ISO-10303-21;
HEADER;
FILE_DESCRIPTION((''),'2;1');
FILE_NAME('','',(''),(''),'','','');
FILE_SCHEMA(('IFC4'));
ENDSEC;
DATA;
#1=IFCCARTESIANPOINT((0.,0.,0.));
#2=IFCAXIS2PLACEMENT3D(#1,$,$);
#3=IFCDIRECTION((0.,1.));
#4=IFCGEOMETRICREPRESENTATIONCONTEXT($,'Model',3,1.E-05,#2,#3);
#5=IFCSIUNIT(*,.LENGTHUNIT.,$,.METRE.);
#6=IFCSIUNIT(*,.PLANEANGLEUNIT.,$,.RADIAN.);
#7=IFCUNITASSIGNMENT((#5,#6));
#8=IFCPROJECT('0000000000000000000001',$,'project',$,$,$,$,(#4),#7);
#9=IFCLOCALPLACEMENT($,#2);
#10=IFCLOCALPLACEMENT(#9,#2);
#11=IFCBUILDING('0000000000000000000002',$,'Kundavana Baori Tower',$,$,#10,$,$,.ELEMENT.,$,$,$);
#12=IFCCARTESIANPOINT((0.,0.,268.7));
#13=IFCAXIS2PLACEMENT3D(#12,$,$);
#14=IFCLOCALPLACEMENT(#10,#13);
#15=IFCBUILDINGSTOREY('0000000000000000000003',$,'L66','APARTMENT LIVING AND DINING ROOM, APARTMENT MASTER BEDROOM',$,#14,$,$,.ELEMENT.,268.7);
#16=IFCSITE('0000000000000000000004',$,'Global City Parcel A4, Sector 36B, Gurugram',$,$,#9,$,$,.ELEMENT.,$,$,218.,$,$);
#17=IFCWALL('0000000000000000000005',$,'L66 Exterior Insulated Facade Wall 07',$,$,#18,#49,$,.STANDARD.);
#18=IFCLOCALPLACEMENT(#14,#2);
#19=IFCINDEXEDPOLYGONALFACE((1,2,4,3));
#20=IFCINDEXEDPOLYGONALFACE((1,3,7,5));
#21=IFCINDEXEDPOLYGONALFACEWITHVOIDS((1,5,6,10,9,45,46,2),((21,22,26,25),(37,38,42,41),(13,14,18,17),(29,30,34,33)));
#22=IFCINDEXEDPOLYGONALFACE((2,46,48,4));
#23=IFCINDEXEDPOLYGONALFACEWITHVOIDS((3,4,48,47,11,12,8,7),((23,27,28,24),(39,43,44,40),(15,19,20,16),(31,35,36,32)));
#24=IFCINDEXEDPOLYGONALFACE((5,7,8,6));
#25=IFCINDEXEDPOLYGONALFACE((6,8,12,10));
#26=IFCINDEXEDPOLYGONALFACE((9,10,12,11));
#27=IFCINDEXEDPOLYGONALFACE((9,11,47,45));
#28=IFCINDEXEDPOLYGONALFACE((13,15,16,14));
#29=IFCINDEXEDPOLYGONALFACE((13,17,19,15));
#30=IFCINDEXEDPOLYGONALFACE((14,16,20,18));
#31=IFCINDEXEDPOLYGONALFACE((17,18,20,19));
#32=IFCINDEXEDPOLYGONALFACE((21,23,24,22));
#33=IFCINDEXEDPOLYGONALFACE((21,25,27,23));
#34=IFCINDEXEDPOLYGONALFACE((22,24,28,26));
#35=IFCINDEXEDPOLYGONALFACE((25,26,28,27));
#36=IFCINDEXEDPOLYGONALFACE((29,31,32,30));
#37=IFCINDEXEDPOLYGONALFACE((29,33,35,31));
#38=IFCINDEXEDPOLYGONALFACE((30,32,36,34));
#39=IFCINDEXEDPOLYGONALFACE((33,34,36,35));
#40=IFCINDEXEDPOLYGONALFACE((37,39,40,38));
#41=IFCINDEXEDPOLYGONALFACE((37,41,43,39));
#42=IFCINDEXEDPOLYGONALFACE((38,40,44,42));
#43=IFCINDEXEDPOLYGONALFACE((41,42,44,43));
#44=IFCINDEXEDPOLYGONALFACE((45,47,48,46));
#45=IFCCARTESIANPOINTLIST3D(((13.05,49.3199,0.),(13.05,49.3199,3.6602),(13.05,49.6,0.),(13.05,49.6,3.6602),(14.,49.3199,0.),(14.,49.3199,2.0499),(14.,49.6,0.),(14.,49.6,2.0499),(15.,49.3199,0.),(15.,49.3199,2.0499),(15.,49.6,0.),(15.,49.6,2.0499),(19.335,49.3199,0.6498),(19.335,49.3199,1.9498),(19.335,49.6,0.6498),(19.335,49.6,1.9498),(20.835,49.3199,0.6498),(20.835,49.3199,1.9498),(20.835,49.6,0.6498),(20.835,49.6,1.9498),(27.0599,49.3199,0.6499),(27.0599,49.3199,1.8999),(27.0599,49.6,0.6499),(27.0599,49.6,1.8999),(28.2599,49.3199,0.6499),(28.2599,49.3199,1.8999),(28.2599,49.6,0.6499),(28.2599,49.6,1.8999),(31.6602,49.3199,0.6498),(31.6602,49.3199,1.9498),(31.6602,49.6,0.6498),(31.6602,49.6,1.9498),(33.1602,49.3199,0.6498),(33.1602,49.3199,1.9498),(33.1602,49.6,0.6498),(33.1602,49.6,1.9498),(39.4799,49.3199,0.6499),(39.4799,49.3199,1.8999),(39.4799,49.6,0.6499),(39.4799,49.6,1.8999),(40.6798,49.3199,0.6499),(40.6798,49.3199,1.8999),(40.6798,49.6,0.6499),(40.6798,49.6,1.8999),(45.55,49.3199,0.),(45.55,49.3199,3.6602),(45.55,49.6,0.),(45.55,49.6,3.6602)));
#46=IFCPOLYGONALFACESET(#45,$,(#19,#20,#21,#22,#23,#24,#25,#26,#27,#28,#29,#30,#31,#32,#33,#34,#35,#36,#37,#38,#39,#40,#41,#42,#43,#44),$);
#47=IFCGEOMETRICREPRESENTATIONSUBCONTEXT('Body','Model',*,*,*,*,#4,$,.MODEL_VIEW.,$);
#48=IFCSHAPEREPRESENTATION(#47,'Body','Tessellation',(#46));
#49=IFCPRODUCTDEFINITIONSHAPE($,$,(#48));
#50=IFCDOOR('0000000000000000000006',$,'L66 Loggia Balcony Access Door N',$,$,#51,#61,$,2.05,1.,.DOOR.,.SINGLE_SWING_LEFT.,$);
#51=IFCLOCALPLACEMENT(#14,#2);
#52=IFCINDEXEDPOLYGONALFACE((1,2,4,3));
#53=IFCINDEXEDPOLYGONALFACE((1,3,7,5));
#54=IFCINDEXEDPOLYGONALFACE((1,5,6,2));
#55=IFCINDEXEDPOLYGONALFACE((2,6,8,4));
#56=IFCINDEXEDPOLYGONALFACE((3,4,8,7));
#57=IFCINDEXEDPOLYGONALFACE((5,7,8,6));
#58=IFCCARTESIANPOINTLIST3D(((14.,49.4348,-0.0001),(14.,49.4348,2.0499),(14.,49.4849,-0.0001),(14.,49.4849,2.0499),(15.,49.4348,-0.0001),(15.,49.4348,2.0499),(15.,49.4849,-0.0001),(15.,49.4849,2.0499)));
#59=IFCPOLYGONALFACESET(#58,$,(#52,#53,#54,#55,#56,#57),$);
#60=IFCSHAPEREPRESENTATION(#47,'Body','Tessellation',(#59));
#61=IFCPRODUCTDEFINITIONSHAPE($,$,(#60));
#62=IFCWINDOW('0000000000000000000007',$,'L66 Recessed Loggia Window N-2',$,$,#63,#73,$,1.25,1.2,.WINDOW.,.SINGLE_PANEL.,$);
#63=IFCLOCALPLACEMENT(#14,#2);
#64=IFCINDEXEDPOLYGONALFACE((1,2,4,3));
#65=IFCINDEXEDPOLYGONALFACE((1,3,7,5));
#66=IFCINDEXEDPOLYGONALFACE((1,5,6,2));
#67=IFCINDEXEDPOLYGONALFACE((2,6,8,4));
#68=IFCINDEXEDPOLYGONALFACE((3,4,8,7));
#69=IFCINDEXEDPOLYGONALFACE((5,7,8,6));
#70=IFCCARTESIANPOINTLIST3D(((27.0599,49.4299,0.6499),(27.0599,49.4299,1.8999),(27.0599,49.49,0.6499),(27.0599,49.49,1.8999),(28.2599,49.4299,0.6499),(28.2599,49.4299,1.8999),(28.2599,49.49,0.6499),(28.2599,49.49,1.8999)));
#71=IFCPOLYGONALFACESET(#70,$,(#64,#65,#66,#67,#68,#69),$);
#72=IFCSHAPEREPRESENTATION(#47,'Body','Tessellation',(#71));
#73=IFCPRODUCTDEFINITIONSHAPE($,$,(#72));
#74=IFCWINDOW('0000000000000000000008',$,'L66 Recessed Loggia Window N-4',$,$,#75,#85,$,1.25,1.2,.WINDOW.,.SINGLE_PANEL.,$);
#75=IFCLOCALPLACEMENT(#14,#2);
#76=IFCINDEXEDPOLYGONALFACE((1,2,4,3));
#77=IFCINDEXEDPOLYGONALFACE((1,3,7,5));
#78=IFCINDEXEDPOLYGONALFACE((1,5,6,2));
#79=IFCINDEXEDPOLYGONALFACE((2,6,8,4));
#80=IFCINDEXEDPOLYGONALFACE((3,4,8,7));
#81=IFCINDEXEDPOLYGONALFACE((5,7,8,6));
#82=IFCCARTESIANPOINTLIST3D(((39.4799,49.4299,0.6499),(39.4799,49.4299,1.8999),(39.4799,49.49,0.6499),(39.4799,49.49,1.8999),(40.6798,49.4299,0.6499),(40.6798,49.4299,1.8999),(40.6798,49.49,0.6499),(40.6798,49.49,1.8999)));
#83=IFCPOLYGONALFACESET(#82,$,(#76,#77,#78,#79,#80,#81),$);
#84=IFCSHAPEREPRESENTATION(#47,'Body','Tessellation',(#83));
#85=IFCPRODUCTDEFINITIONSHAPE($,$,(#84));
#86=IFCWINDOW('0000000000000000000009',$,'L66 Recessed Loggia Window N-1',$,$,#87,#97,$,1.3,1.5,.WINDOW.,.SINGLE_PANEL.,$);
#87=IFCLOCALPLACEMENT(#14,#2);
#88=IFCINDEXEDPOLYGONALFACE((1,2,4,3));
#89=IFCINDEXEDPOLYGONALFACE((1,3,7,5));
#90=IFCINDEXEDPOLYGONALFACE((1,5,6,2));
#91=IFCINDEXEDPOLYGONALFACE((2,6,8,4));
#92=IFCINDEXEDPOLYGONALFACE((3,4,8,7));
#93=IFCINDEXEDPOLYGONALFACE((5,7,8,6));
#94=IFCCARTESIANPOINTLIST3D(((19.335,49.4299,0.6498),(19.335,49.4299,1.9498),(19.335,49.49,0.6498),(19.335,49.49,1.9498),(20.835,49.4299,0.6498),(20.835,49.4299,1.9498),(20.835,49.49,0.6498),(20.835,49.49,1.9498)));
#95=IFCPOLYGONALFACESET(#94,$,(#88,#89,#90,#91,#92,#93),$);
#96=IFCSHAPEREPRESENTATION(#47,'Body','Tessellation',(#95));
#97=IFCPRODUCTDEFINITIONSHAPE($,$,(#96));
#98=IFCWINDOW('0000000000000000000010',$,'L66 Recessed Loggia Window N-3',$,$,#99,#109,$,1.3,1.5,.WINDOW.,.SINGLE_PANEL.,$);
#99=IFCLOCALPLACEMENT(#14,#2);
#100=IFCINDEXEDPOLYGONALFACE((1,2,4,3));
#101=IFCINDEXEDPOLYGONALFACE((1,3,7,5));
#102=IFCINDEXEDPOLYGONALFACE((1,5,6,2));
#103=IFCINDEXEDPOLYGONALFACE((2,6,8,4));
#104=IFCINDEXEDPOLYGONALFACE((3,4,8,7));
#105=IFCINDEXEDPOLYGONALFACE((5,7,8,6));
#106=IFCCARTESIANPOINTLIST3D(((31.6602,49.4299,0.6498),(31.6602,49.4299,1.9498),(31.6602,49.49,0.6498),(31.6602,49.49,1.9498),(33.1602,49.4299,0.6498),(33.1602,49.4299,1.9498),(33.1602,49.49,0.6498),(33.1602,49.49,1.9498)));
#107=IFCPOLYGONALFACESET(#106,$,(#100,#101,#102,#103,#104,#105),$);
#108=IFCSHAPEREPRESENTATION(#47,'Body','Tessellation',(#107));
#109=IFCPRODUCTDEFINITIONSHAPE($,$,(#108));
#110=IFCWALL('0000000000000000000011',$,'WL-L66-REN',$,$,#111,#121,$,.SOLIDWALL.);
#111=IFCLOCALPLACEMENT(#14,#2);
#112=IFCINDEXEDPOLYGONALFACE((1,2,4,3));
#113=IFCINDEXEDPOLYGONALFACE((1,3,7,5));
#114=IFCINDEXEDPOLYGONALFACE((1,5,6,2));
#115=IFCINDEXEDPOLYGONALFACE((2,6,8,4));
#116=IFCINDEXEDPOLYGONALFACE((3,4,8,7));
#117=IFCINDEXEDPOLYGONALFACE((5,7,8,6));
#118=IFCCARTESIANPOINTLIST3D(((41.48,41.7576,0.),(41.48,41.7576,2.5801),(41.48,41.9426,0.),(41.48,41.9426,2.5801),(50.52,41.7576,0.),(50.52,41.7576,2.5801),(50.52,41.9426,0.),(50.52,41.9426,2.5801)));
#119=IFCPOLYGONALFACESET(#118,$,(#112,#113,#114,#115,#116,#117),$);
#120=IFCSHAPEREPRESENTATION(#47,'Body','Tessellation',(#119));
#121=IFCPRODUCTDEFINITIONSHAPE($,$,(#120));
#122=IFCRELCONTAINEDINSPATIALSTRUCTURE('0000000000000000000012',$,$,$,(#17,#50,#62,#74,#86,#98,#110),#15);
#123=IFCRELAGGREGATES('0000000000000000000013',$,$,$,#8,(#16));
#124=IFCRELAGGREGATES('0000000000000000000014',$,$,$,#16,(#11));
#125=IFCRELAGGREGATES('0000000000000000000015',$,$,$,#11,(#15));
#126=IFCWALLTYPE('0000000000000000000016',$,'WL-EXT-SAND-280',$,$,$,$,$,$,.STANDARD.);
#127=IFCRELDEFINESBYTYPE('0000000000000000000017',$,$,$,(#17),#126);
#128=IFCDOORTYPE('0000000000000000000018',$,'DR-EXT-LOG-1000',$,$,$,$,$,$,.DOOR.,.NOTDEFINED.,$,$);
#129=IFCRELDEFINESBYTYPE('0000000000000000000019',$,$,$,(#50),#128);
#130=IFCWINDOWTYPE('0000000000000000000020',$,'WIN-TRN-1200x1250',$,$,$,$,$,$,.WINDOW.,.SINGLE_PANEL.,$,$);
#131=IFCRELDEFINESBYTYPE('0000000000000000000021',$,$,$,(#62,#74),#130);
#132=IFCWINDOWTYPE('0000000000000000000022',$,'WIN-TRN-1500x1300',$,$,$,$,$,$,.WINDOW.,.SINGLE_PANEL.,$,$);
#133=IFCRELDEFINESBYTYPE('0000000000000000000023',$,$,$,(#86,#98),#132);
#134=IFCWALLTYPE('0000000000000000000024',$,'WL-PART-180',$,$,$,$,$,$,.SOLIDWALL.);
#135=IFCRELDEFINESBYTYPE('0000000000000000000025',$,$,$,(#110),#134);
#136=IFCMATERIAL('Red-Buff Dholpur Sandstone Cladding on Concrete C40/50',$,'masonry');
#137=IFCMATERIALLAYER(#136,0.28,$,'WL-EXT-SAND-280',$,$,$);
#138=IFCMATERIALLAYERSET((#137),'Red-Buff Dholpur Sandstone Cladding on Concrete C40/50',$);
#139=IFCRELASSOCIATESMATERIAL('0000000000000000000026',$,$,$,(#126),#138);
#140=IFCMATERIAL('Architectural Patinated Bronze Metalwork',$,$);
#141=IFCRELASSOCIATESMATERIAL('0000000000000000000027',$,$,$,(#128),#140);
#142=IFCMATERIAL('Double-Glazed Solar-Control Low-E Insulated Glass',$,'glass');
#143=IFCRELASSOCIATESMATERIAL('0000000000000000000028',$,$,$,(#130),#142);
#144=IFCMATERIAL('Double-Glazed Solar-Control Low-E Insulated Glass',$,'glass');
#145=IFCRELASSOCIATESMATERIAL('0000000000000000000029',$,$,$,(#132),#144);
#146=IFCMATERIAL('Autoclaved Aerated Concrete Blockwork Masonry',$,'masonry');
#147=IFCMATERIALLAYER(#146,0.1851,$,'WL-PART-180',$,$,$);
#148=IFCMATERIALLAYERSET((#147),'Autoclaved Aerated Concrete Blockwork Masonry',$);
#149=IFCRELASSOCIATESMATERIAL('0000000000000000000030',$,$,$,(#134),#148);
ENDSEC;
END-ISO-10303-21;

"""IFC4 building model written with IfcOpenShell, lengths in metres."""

from ifc_helpers import new_model, si_unit, direction, frame, frame_2d, origin, place, context, subcontext, project, spatial, rectangle, extrude, material, layer, layer_set, type_object, element, fill, save


model = new_model("IFC4")

# Units and contexts
model_context = context("Model", 3, precision=1e-05, world=origin(), true_north=direction((0.0, 1.0)))
body_context = subcontext(model_context, "Body", "Model", "MODEL_VIEW")
ifc_project = project(units=[si_unit("LENGTHUNIT", "METRE"), si_unit("PLANEANGLEUNIT", "RADIAN")], contexts=[model_context])

# Site, building, storey
site_placement = place(None, origin())
site = spatial("IfcSite", under=ifc_project, at=site_placement, Name="Global City Parcel A4, Sector 36B, Gurugram", CompositionType="ELEMENT", RefElevation=218.0)
building_placement = place(site_placement, origin())
building = spatial("IfcBuilding", under=site, at=building_placement, Name="Kundavana Baori Tower", CompositionType="ELEMENT")
storey_placement = place(building_placement, frame((0.0, 0.0, 268.7)))
storey = spatial("IfcBuildingStorey", under=building, at=storey_placement, Name="L66", Description="APARTMENT LIVING AND DINING ROOM, APARTMENT MASTER BEDROOM", CompositionType="ELEMENT", Elevation=268.7)

# Shared definitions
ifc_material_1 = material(Name="Red-Buff Dholpur Sandstone Cladding on Concrete C40/50", Category="masonry")
ifc_layer_1 = layer(ifc_material_1, 0.28, Name="WL-EXT-SAND-280")
ifc_layer_set_1 = layer_set([ifc_layer_1], Name="Red-Buff Dholpur Sandstone Cladding on Concrete C40/50")
wall_type_1 = type_object("IfcWallType", Name="WL-EXT-SAND-280", PredefinedType="STANDARD", material=ifc_layer_set_1)

# Wall, openings, door, windows
wall_1_placement = place(storey_placement, frame((45.55, 49.46, 0.0), z_axis=(0.0, 0.0, 1.0), x_axis=(-1.0, 0.0, 0.0)))
wall_1 = element("IfcWall", 1, at=wall_1_placement, inside=storey, type_object=wall_type_1, Name="L66 Exterior Insulated Facade Wall 07", PredefinedType="STANDARD", context=body_context, shape_type="SweptSolid", body=[
    extrude(rectangle(XDim=32.5, YDim=0.28, at=frame_2d((16.25, 0.0))), origin(), (0.0, 0.0, 1.0), 3.6602),
])
opening_1_placement = place(wall_1_placement, frame((30.55, 0.0, 0.0)))
opening_1 = element("IfcOpeningElement", 2, at=opening_1_placement, cuts=wall_1, PredefinedType="OPENING", context=body_context, shape_type="SweptSolid", body=[
    extrude(rectangle(XDim=1.0, YDim=2.05, at=frame_2d((0.5, 1.0249))), frame((0.0, 0.1499, 0.0), z_axis=(0.0, -1.0, 0.0), x_axis=(1.0, 0.0, 0.0)), (0.0, 0.0, 1.0), 0.3),
])
opening_2_placement = place(wall_1_placement, frame((24.7151, 0.0, 0.6499)))
opening_2 = element("IfcOpeningElement", 3, at=opening_2_placement, cuts=wall_1, PredefinedType="OPENING", context=body_context, shape_type="SweptSolid", body=[
    extrude(rectangle(XDim=1.5, YDim=1.3, at=frame_2d((0.75, 0.6499))), frame((0.0, 0.1499, 0.0), z_axis=(0.0, -1.0, 0.0), x_axis=(1.0, 0.0, 0.0)), (0.0, 0.0, 1.0), 0.3),
])
opening_3_placement = place(wall_1_placement, frame((17.29, 0.0, 0.6499)))
opening_3 = element("IfcOpeningElement", 4, at=opening_3_placement, cuts=wall_1, PredefinedType="OPENING", context=body_context, shape_type="SweptSolid", body=[
    extrude(rectangle(XDim=1.2, YDim=1.25, at=frame_2d((0.6001, 0.625))), frame((0.0, 0.1499, 0.0), z_axis=(0.0, -1.0, 0.0), x_axis=(1.0, 0.0, 0.0)), (0.0, 0.0, 1.0), 0.3),
])
opening_4_placement = place(wall_1_placement, frame((12.3899, 0.0, 0.6499)))
opening_4 = element("IfcOpeningElement", 5, at=opening_4_placement, cuts=wall_1, PredefinedType="OPENING", context=body_context, shape_type="SweptSolid", body=[
    extrude(rectangle(XDim=1.5, YDim=1.3, at=frame_2d((0.75, 0.6499))), frame((0.0, 0.1499, 0.0), z_axis=(0.0, -1.0, 0.0), x_axis=(1.0, 0.0, 0.0)), (0.0, 0.0, 1.0), 0.3),
])
opening_5_placement = place(wall_1_placement, frame((4.8701, 0.0, 0.6499)))
opening_5 = element("IfcOpeningElement", 6, at=opening_5_placement, cuts=wall_1, PredefinedType="OPENING", context=body_context, shape_type="SweptSolid", body=[
    extrude(rectangle(XDim=1.2, YDim=1.25, at=frame_2d((0.6001, 0.625))), frame((0.0, 0.1499, 0.0), z_axis=(0.0, -1.0, 0.0), x_axis=(1.0, 0.0, 0.0)), (0.0, 0.0, 1.0), 0.3),
])
ifc_material_2 = material(Name="Architectural Patinated Bronze Metalwork")
door_type_1 = type_object("IfcDoorType", Name="DR-EXT-LOG-1000", OperationType="NOTDEFINED", PredefinedType="DOOR", material=ifc_material_2)
door_1_placement = place(opening_1_placement, frame((1.0, 0.0, 0.0), z_axis=(0.0, 0.0, 1.0), x_axis=(-1.0, 0.0, 0.0)))
door_1 = element("IfcDoor", 7, at=door_1_placement, inside=storey, type_object=door_type_1, Name="L66 Loggia Balcony Access Door N", OperationType="SINGLE_SWING_LEFT", OverallHeight=2.05, OverallWidth=1.0, PredefinedType="DOOR", context=body_context, shape_type="SweptSolid", body=[
    extrude(rectangle(XDim=1.0, YDim=2.05, at=frame_2d((0.5, 1.0249))), frame((0.0, 0.0249, 0.0), z_axis=(0.0, -1.0, 0.0), x_axis=(1.0, 0.0, 0.0)), (0.0, 0.0, 1.0), 0.05),
])
fill(opening_1, door_1)
ifc_material_3 = material(Name="Double-Glazed Solar-Control Low-E Insulated Glass", Category="glass")
window_type_1 = type_object("IfcWindowType", Name="WIN-TRN-1200x1250", PartitioningType="SINGLE_PANEL", PredefinedType="WINDOW", material=ifc_material_3)
window_1_placement = place(opening_3_placement, origin())
window_1 = element("IfcWindow", 8, at=window_1_placement, inside=storey, type_object=window_type_1, Name="L66 Recessed Loggia Window N-2", OverallHeight=1.25, OverallWidth=1.2, PartitioningType="SINGLE_PANEL", PredefinedType="WINDOW", context=body_context, shape_type="SweptSolid", body=[
    extrude(rectangle(XDim=1.2, YDim=1.25, at=frame_2d((0.6001, 0.625))), frame((0.0, 0.03, 0.0), z_axis=(0.0, -1.0, 0.0), x_axis=(1.0, 0.0, 0.0)), (0.0, 0.0, 1.0), 0.0601),
])
fill(opening_3, window_1)
window_2_placement = place(opening_5_placement, origin())
window_2 = element("IfcWindow", 9, at=window_2_placement, inside=storey, type_object=window_type_1, Name="L66 Recessed Loggia Window N-4", OverallHeight=1.25, OverallWidth=1.2, PartitioningType="SINGLE_PANEL", PredefinedType="WINDOW", context=body_context, shape_type="SweptSolid", body=[
    extrude(rectangle(XDim=1.2, YDim=1.25, at=frame_2d((0.6001, 0.625))), frame((0.0, 0.03, 0.0), z_axis=(0.0, -1.0, 0.0), x_axis=(1.0, 0.0, 0.0)), (0.0, 0.0, 1.0), 0.0601),
])
fill(opening_5, window_2)
ifc_material_4 = material(Name="Double-Glazed Solar-Control Low-E Insulated Glass", Category="glass")
window_type_2 = type_object("IfcWindowType", Name="WIN-TRN-1500x1300", PartitioningType="SINGLE_PANEL", PredefinedType="WINDOW", material=ifc_material_4)
window_3_placement = place(opening_2_placement, origin())
window_3 = element("IfcWindow", 10, at=window_3_placement, inside=storey, type_object=window_type_2, Name="L66 Recessed Loggia Window N-1", OverallHeight=1.3, OverallWidth=1.5, PartitioningType="SINGLE_PANEL", PredefinedType="WINDOW", context=body_context, shape_type="SweptSolid", body=[
    extrude(rectangle(XDim=1.5, YDim=1.3, at=frame_2d((0.75, 0.6499))), frame((0.0, 0.03, 0.0), z_axis=(0.0, -1.0, 0.0), x_axis=(1.0, 0.0, 0.0)), (0.0, 0.0, 1.0), 0.0601),
])
fill(opening_2, window_3)
window_4_placement = place(opening_4_placement, origin())
window_4 = element("IfcWindow", 11, at=window_4_placement, inside=storey, type_object=window_type_2, Name="L66 Recessed Loggia Window N-3", OverallHeight=1.3, OverallWidth=1.5, PartitioningType="SINGLE_PANEL", PredefinedType="WINDOW", context=body_context, shape_type="SweptSolid", body=[
    extrude(rectangle(XDim=1.5, YDim=1.3, at=frame_2d((0.75, 0.6499))), frame((0.0, 0.03, 0.0), z_axis=(0.0, -1.0, 0.0), x_axis=(1.0, 0.0, 0.0)), (0.0, 0.0, 1.0), 0.0601),
])
fill(opening_4, window_4)

# Wall
ifc_material_5 = material(Name="Autoclaved Aerated Concrete Blockwork Masonry", Category="masonry")
ifc_layer_2 = layer(ifc_material_5, 0.1851, Name="WL-PART-180")
ifc_layer_set_2 = layer_set([ifc_layer_2], Name="Autoclaved Aerated Concrete Blockwork Masonry")
wall_type_2 = type_object("IfcWallType", Name="WL-PART-180", PredefinedType="SOLIDWALL", material=ifc_layer_set_2)
wall_2_placement = place(storey_placement, frame((41.48, 41.8501, 0.0), z_axis=(0.0, 0.0, 1.0), x_axis=(1.0, 0.0, 0.0)))
element("IfcWall", 12, at=wall_2_placement, inside=storey, type_object=wall_type_2, Name="WL-L66-REN", PredefinedType="SOLIDWALL", context=body_context, shape_type="SweptSolid", body=[
    extrude(rectangle(XDim=9.04, YDim=0.1851, at=frame_2d((4.52, 0.0))), origin(), (0.0, 0.0, 1.0), 2.5801),
])

save(model, "model.ifc")
